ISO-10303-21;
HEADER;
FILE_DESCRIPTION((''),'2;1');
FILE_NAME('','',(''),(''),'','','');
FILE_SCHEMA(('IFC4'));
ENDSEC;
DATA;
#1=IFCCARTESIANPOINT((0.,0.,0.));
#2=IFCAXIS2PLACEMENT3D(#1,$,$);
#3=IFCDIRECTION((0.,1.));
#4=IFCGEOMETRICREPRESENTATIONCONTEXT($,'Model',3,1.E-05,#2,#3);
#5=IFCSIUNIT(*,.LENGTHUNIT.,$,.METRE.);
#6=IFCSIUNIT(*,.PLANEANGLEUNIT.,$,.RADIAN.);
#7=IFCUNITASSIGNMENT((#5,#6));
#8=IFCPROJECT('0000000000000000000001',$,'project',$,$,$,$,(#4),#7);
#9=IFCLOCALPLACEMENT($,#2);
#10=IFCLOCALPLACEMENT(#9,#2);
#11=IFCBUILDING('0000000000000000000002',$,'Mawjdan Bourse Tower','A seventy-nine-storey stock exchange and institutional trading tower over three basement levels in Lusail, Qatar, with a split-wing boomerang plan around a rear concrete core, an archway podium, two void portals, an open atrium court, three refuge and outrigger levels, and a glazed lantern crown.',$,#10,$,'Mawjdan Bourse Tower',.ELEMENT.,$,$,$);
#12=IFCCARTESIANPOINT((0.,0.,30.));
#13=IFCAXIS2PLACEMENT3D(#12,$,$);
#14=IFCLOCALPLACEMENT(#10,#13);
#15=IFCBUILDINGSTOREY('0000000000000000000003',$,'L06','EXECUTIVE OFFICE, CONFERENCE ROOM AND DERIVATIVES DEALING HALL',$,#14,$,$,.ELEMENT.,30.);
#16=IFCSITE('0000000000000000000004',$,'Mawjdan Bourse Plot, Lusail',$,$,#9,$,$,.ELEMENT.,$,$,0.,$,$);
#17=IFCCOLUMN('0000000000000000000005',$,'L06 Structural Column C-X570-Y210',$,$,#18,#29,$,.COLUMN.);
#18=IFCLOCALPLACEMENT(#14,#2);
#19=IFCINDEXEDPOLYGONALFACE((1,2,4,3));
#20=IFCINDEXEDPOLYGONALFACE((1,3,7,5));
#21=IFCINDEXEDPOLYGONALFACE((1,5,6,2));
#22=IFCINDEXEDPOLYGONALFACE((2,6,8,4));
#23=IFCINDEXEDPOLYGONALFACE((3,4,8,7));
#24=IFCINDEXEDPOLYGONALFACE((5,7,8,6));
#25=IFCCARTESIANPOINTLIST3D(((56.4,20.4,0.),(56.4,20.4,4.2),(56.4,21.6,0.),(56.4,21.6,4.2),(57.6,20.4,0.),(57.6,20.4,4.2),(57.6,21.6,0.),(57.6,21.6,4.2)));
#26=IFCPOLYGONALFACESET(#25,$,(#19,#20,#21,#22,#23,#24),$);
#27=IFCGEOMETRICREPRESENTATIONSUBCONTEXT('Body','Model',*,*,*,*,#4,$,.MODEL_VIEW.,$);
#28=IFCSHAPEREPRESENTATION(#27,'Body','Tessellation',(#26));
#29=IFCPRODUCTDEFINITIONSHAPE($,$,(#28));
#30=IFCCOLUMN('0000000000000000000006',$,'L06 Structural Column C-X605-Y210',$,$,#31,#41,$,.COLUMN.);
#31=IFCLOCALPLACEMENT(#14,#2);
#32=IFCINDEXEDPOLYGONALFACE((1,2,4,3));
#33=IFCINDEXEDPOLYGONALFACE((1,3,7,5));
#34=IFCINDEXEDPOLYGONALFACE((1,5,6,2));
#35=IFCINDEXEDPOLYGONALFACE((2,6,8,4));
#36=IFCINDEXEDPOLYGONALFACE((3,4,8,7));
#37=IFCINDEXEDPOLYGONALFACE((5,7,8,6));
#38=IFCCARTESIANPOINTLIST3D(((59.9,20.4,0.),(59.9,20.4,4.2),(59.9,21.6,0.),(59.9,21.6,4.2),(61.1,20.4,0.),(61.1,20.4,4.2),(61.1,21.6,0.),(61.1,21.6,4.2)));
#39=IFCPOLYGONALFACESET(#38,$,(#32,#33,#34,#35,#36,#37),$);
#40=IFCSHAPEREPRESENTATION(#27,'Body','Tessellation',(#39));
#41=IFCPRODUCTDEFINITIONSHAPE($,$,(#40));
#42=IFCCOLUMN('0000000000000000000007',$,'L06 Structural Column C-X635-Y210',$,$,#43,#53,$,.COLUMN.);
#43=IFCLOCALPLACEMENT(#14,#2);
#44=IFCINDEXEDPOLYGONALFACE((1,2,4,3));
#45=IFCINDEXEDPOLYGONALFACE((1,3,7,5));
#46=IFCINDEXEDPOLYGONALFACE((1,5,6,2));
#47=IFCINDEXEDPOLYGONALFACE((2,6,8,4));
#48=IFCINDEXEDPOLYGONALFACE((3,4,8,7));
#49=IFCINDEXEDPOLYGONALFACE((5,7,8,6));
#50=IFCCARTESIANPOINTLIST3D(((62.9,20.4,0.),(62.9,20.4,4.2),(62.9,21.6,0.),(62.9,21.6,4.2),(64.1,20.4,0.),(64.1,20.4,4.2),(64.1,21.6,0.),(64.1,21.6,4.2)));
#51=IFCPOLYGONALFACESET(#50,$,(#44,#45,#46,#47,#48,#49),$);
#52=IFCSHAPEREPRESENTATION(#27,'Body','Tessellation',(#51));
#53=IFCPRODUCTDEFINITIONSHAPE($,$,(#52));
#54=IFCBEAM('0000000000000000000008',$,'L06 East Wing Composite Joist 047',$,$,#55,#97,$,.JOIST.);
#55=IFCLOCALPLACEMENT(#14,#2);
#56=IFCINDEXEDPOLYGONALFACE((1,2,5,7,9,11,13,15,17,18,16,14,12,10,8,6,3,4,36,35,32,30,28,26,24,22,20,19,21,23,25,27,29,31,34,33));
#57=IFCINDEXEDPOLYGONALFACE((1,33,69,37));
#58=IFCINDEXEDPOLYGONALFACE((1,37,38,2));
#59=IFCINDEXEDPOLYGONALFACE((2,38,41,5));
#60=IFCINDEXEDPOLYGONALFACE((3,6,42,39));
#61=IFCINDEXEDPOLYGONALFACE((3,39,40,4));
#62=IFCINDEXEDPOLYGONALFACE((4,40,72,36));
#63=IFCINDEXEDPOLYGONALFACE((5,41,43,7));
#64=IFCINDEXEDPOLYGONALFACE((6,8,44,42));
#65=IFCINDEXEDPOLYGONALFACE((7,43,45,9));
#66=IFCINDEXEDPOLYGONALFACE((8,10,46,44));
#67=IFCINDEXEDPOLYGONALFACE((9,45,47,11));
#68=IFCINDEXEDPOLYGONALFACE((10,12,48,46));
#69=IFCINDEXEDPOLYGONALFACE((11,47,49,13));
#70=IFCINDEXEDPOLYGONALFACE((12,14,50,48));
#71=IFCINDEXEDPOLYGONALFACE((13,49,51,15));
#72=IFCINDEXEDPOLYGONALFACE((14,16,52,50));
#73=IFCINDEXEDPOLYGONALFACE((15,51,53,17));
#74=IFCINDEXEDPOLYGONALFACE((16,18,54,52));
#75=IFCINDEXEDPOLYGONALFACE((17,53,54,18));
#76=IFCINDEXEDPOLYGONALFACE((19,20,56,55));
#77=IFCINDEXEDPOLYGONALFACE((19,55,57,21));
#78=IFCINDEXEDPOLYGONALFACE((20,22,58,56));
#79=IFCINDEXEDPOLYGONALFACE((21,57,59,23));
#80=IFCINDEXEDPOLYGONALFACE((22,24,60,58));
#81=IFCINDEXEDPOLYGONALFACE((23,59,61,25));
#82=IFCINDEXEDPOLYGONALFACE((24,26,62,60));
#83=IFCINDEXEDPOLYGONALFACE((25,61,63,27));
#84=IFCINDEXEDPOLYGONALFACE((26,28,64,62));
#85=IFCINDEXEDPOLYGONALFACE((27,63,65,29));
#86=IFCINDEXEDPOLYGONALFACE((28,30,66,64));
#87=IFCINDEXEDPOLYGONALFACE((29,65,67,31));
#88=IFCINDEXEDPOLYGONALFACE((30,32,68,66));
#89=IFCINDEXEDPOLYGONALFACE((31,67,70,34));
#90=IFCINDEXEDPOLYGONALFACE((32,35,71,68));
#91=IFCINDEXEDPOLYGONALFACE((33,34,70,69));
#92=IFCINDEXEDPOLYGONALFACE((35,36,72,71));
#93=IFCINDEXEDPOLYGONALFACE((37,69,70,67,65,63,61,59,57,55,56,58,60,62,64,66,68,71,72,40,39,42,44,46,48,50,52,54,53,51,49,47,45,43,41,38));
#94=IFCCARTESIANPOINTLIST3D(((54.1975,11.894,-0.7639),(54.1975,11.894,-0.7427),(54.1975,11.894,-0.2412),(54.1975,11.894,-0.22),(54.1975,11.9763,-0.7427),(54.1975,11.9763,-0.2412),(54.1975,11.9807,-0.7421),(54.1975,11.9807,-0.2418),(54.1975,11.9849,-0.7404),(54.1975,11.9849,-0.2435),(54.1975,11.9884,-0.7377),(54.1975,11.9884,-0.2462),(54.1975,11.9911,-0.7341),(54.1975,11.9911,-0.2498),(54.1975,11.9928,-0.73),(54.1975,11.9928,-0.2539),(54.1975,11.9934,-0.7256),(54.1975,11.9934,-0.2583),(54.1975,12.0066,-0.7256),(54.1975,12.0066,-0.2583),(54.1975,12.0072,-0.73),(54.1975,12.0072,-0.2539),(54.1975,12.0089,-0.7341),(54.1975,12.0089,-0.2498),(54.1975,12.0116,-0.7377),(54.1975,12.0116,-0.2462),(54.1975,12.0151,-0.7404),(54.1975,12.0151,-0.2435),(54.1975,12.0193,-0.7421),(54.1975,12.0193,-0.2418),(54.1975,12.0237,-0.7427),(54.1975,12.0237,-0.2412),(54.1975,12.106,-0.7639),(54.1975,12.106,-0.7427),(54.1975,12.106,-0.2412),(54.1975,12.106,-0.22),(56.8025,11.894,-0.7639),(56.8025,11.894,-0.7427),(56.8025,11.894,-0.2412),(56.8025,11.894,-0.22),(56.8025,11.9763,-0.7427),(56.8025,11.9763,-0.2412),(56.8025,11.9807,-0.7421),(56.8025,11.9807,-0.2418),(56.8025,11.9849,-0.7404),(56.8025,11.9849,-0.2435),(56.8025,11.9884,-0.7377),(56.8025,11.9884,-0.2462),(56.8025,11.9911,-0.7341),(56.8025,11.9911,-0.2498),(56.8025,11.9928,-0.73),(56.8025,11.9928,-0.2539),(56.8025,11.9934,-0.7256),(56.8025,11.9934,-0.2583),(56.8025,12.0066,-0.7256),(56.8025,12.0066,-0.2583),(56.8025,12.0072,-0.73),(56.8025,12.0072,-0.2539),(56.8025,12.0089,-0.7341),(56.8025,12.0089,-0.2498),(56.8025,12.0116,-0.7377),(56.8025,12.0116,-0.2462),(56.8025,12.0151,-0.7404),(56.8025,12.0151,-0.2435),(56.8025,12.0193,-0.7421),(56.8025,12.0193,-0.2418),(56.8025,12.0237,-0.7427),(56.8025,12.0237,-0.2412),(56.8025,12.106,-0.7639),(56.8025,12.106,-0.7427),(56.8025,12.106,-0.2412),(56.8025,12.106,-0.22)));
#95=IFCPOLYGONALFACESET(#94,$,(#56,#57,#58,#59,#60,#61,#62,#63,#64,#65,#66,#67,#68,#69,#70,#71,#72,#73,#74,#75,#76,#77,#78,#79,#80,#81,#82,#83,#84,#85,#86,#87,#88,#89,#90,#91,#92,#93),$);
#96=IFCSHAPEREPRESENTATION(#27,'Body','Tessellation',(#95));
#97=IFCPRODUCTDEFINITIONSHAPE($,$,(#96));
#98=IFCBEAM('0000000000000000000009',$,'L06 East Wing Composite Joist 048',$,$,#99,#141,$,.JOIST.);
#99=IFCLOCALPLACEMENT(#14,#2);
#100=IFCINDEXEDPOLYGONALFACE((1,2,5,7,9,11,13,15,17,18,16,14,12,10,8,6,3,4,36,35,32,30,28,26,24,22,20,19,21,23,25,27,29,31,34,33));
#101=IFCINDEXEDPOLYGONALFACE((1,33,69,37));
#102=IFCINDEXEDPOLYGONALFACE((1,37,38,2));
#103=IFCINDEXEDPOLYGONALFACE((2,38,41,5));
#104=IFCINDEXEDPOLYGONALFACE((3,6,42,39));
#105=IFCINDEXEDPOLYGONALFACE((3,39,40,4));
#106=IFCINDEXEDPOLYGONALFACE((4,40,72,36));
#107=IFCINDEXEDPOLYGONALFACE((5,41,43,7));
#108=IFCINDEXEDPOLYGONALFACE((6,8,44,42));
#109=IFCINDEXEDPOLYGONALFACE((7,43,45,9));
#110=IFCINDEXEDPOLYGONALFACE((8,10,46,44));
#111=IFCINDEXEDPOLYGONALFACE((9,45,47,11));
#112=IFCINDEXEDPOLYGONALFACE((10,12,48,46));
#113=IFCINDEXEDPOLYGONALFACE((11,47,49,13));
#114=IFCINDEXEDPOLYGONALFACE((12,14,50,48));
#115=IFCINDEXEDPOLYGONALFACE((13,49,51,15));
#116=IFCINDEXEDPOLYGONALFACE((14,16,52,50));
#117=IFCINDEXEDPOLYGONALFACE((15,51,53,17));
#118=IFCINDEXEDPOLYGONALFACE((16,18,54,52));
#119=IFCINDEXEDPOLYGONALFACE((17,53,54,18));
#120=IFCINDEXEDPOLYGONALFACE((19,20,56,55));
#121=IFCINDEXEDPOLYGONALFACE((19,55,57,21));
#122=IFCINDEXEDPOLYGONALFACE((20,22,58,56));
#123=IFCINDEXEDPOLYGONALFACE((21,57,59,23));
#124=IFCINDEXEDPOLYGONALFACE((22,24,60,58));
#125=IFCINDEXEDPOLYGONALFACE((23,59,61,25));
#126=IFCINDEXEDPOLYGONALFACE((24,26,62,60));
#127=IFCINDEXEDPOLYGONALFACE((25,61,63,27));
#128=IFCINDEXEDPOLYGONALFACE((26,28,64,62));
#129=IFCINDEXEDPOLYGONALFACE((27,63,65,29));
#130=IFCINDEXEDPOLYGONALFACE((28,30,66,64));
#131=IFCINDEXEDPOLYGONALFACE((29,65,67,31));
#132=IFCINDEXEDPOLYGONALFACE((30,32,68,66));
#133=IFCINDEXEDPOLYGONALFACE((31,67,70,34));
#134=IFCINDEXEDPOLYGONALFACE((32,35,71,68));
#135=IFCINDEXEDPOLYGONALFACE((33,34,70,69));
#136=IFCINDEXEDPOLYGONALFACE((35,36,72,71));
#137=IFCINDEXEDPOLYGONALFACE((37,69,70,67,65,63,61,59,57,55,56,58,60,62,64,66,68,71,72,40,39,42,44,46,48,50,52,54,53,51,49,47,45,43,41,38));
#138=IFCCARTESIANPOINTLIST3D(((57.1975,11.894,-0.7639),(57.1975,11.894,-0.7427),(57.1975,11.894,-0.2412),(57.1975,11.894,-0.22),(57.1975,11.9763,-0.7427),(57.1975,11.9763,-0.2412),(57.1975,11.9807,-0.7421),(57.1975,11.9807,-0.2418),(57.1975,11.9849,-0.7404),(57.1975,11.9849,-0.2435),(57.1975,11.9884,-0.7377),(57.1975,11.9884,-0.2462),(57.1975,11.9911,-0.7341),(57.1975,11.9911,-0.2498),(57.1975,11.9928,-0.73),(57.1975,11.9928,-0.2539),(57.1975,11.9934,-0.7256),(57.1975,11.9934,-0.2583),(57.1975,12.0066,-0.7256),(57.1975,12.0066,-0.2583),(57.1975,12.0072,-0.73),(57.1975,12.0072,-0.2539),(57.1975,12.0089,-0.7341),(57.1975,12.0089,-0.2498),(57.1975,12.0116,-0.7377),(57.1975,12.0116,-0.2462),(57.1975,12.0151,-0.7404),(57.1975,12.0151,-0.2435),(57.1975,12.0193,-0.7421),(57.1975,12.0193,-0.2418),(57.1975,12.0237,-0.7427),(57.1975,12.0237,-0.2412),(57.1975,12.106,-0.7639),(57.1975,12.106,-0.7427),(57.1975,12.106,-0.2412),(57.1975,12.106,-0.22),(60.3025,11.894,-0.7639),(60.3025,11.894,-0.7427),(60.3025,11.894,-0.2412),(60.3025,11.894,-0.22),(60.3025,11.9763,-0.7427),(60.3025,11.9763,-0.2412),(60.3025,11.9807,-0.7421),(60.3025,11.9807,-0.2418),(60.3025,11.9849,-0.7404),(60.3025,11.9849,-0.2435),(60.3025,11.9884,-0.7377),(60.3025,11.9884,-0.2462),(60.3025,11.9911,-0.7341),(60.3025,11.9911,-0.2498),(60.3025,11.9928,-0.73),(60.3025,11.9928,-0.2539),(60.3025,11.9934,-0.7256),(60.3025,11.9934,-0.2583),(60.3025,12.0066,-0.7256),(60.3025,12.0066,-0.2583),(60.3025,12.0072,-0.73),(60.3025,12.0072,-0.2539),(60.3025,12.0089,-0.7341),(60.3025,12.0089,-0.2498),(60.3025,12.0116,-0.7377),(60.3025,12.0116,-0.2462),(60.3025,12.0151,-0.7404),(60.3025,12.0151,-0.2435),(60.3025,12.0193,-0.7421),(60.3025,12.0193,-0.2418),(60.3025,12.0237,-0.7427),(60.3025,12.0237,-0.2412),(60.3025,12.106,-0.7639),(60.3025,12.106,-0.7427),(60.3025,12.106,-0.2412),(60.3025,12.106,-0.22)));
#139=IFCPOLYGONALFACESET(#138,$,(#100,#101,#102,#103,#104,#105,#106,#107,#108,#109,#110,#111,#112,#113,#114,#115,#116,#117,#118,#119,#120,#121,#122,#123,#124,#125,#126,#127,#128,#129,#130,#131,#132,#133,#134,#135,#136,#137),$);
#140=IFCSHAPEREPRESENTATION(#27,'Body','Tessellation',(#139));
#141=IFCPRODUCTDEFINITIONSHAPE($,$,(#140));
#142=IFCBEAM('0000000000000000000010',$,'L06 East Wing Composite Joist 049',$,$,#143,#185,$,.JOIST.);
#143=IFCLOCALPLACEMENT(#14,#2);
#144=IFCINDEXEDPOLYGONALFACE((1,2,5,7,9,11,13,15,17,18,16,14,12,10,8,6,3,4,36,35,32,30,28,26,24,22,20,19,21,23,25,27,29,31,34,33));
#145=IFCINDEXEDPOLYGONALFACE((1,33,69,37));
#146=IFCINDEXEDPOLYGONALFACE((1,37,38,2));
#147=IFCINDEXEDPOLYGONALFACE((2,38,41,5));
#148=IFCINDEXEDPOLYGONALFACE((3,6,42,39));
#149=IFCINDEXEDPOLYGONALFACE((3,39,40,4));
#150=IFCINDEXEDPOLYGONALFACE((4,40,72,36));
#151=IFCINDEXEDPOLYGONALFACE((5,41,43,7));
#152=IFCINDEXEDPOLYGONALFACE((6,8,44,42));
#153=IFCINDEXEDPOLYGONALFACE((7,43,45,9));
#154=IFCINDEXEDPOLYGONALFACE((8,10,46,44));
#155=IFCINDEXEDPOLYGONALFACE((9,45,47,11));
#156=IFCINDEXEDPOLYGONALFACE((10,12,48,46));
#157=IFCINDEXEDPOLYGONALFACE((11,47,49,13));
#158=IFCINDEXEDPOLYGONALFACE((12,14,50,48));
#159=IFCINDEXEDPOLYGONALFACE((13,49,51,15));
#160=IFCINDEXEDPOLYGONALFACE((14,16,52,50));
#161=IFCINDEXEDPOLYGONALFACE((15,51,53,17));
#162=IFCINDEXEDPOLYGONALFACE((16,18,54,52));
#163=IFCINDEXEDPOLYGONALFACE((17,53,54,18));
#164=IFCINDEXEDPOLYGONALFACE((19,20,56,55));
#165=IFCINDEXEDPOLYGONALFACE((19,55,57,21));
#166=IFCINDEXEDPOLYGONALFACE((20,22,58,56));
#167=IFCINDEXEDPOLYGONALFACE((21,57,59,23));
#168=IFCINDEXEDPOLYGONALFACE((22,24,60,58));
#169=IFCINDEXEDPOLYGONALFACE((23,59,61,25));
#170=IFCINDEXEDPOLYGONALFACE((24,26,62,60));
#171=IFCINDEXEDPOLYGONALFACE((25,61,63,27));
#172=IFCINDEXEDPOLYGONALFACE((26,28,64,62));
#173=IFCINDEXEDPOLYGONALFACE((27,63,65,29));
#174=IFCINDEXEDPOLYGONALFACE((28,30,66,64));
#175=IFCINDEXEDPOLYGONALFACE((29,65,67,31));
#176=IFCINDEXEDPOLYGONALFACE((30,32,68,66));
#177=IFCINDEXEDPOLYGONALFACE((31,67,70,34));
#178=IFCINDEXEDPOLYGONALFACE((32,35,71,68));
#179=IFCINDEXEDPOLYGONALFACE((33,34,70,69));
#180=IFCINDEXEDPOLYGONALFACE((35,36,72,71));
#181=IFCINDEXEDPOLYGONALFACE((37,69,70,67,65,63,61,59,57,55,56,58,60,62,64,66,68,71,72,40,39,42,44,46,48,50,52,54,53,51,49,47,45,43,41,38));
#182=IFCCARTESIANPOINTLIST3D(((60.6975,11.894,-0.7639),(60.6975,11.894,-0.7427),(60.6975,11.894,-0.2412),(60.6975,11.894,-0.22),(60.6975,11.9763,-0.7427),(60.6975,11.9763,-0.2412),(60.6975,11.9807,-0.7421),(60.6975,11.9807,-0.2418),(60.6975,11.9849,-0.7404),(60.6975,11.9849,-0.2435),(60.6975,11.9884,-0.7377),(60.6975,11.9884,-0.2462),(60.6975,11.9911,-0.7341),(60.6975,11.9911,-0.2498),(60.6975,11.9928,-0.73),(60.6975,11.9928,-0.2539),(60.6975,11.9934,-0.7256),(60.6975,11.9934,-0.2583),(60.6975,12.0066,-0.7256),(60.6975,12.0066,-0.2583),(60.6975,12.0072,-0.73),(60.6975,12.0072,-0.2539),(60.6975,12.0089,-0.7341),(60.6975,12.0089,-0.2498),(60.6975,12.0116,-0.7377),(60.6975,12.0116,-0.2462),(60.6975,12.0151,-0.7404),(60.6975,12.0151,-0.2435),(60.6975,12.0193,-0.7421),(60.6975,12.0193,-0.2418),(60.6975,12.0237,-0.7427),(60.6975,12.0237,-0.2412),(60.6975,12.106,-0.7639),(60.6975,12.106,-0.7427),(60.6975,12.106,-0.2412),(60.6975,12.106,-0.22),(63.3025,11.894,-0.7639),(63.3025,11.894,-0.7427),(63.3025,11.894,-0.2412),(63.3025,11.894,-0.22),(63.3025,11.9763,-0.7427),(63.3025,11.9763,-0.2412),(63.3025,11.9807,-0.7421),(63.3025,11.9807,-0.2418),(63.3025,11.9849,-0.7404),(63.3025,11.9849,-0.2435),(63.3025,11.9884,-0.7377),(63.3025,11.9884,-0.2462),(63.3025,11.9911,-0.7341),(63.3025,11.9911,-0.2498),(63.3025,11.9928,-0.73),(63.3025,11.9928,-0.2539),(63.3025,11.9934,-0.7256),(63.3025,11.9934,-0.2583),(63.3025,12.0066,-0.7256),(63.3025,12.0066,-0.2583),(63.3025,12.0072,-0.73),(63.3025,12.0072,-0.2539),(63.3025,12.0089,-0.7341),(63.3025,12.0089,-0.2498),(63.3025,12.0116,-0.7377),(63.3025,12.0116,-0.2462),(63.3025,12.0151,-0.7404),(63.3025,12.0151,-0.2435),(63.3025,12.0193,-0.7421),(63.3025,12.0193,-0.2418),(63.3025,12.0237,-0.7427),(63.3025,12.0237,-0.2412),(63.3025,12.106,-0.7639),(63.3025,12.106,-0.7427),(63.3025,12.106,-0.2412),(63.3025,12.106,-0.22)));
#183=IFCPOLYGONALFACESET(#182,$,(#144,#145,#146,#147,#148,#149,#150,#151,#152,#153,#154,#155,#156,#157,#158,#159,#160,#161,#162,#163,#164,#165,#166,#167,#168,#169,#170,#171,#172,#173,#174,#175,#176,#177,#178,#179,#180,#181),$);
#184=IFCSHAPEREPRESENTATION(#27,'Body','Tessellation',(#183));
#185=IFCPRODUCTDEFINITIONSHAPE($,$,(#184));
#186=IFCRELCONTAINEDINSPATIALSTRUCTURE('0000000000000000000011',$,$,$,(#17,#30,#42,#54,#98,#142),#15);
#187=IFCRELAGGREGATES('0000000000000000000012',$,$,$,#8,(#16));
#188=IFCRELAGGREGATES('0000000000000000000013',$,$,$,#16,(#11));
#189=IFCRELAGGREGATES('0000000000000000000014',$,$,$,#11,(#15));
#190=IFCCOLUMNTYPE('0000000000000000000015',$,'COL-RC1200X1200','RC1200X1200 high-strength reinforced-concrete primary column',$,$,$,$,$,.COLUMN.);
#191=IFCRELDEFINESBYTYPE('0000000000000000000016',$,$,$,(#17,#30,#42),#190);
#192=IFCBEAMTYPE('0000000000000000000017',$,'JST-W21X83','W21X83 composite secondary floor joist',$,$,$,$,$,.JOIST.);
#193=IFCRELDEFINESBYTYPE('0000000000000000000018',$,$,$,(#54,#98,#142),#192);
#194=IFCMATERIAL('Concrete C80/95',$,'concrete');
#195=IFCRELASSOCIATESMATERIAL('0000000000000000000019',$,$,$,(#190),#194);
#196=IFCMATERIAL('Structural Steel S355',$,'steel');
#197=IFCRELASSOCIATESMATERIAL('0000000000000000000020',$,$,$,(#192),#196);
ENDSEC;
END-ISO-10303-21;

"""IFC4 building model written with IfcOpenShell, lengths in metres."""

from ifc_helpers import new_model, si_unit, direction, frame, origin, origin_2d, place, context, subcontext, project, spatial, rectangle, i_section, extrude, material, material_profile, profile_set, type_object, element, save


model = new_model("IFC4")

# Units and contexts
model_context = context("Model", 3, precision=1e-05, world=origin(), true_north=direction((0.0, 1.0)))
body_context = subcontext(model_context, "Body", "Model", "MODEL_VIEW")
ifc_project = project(units=[si_unit("LENGTHUNIT", "METRE"), si_unit("PLANEANGLEUNIT", "RADIAN")], contexts=[model_context])

# Site, building, storey
site_placement = place(None, origin())
site = spatial("IfcSite", under=ifc_project, at=site_placement, Name="Mawjdan Bourse Plot, Lusail", CompositionType="ELEMENT", RefElevation=0.0)
building_placement = place(site_placement, origin())
building = spatial("IfcBuilding", under=site, at=building_placement, Name="Mawjdan Bourse Tower", Description="A seventy-nine-storey stock exchange and institutional trading tower over three basement levels in Lusail, Qatar, with a split-wing boomerang plan around a rear concrete core, an archway podium, two void portals, an open atrium court, three refuge and outrigger levels, and a glazed lantern crown.", LongName="Mawjdan Bourse Tower", CompositionType="ELEMENT")
storey_placement = place(building_placement, frame((0.0, 0.0, 30.0)))
storey = spatial("IfcBuildingStorey", under=building, at=storey_placement, Name="L06", Description="EXECUTIVE OFFICE, CONFERENCE ROOM AND DERIVATIVES DEALING HALL", CompositionType="ELEMENT", Elevation=30.0)

# Columns
ifc_material_1 = material(Name="Concrete C80/95", Category="concrete")
ifc_material_profile_1 = material_profile(ifc_material_1, rectangle(XDim=1.2, YDim=1.2, at=origin_2d()), Name="RC1200X1200")
ifc_profile_set_1 = profile_set([ifc_material_profile_1], Name="Concrete C80/95")
column_type = type_object("IfcColumnType", Name="COL-RC1200X1200", Description="RC1200X1200 high-strength reinforced-concrete primary column", PredefinedType="COLUMN", material=ifc_profile_set_1)
for number, where, z_axis, x_axis, name in (
    (1, (57.0, 21.0, 0.0), (0.0, 0.0, 1.0), (1.0, 0.0, 0.0), "L06 Structural Column C-X570-Y210"),
    (2, (60.5, 21.0, 0.0), (0.0, 0.0, 1.0), (1.0, 0.0, 0.0), "L06 Structural Column C-X605-Y210"),
    (3, (63.5, 21.0, 0.0), (0.0, 0.0, 1.0), (1.0, 0.0, 0.0), "L06 Structural Column C-X635-Y210"),
):
    element("IfcColumn", number, at=place(storey_placement, frame(where, z_axis=z_axis, x_axis=x_axis)), inside=storey, type_object=column_type, Name=name, PredefinedType="COLUMN", context=body_context, shape_type="SweptSolid", body=[
        extrude(rectangle(XDim=1.2, YDim=1.2, at=origin_2d()), origin(), (0.0, 0.0, 1.0), 4.2),
    ])

# Beams
ifc_material_2 = material(Name="Structural Steel S355", Category="steel")
ifc_material_profile_2 = material_profile(ifc_material_2, i_section(OverallWidth=0.2119, OverallDepth=0.5439, WebThickness=0.0132, FlangeThickness=0.0212, FilletRadius=0.0171, at=origin_2d()), Name="W21X83")
ifc_profile_set_2 = profile_set([ifc_material_profile_2], Name="Structural Steel S355")
beam_type_1 = type_object("IfcBeamType", Name="JST-W21X83", Description="W21X83 composite secondary floor joist", PredefinedType="JOIST", material=ifc_profile_set_2)
beam_1_placement = place(storey_placement, frame((54.1975, 12.0, -0.4919), z_axis=(1.0, 0.0, 0.0), x_axis=(0.0, 1.0, 0.0)))
element("IfcBeam", 4, at=beam_1_placement, inside=storey, type_object=beam_type_1, Name="L06 East Wing Composite Joist 047", PredefinedType="JOIST", context=body_context, shape_type="SweptSolid", body=[
    extrude(i_section(OverallWidth=0.2119, OverallDepth=0.5439, WebThickness=0.0132, FlangeThickness=0.0212, FilletRadius=0.0171, at=origin_2d()), origin(), (0.0, 0.0, 1.0), 2.605),
])
beam_2_placement = place(storey_placement, frame((57.1975, 12.0, -0.4919), z_axis=(1.0, 0.0, 0.0), x_axis=(0.0, 1.0, 0.0)))
element("IfcBeam", 5, at=beam_2_placement, inside=storey, type_object=beam_type_1, Name="L06 East Wing Composite Joist 048", PredefinedType="JOIST", context=body_context, shape_type="SweptSolid", body=[
    extrude(i_section(OverallWidth=0.2119, OverallDepth=0.5439, WebThickness=0.0132, FlangeThickness=0.0212, FilletRadius=0.0171, at=origin_2d()), origin(), (0.0, 0.0, 1.0), 3.105),
])
for number, where, z_axis, x_axis, name in (
    (6, (60.6975, 12.0, -0.4919), (1.0, 0.0, 0.0), (0.0, 1.0, 0.0), "L06 East Wing Composite Joist 049"),
):
    element("IfcBeam", number, at=place(storey_placement, frame(where, z_axis=z_axis, x_axis=x_axis)), inside=storey, type_object=beam_type_1, Name=name, PredefinedType="JOIST", context=body_context, shape_type="SweptSolid", body=[
        extrude(i_section(OverallWidth=0.2119, OverallDepth=0.5439, WebThickness=0.0132, FlangeThickness=0.0212, FilletRadius=0.0171, at=origin_2d()), origin(), (0.0, 0.0, 1.0), 2.605),
    ])

save(model, "model.ifc")
